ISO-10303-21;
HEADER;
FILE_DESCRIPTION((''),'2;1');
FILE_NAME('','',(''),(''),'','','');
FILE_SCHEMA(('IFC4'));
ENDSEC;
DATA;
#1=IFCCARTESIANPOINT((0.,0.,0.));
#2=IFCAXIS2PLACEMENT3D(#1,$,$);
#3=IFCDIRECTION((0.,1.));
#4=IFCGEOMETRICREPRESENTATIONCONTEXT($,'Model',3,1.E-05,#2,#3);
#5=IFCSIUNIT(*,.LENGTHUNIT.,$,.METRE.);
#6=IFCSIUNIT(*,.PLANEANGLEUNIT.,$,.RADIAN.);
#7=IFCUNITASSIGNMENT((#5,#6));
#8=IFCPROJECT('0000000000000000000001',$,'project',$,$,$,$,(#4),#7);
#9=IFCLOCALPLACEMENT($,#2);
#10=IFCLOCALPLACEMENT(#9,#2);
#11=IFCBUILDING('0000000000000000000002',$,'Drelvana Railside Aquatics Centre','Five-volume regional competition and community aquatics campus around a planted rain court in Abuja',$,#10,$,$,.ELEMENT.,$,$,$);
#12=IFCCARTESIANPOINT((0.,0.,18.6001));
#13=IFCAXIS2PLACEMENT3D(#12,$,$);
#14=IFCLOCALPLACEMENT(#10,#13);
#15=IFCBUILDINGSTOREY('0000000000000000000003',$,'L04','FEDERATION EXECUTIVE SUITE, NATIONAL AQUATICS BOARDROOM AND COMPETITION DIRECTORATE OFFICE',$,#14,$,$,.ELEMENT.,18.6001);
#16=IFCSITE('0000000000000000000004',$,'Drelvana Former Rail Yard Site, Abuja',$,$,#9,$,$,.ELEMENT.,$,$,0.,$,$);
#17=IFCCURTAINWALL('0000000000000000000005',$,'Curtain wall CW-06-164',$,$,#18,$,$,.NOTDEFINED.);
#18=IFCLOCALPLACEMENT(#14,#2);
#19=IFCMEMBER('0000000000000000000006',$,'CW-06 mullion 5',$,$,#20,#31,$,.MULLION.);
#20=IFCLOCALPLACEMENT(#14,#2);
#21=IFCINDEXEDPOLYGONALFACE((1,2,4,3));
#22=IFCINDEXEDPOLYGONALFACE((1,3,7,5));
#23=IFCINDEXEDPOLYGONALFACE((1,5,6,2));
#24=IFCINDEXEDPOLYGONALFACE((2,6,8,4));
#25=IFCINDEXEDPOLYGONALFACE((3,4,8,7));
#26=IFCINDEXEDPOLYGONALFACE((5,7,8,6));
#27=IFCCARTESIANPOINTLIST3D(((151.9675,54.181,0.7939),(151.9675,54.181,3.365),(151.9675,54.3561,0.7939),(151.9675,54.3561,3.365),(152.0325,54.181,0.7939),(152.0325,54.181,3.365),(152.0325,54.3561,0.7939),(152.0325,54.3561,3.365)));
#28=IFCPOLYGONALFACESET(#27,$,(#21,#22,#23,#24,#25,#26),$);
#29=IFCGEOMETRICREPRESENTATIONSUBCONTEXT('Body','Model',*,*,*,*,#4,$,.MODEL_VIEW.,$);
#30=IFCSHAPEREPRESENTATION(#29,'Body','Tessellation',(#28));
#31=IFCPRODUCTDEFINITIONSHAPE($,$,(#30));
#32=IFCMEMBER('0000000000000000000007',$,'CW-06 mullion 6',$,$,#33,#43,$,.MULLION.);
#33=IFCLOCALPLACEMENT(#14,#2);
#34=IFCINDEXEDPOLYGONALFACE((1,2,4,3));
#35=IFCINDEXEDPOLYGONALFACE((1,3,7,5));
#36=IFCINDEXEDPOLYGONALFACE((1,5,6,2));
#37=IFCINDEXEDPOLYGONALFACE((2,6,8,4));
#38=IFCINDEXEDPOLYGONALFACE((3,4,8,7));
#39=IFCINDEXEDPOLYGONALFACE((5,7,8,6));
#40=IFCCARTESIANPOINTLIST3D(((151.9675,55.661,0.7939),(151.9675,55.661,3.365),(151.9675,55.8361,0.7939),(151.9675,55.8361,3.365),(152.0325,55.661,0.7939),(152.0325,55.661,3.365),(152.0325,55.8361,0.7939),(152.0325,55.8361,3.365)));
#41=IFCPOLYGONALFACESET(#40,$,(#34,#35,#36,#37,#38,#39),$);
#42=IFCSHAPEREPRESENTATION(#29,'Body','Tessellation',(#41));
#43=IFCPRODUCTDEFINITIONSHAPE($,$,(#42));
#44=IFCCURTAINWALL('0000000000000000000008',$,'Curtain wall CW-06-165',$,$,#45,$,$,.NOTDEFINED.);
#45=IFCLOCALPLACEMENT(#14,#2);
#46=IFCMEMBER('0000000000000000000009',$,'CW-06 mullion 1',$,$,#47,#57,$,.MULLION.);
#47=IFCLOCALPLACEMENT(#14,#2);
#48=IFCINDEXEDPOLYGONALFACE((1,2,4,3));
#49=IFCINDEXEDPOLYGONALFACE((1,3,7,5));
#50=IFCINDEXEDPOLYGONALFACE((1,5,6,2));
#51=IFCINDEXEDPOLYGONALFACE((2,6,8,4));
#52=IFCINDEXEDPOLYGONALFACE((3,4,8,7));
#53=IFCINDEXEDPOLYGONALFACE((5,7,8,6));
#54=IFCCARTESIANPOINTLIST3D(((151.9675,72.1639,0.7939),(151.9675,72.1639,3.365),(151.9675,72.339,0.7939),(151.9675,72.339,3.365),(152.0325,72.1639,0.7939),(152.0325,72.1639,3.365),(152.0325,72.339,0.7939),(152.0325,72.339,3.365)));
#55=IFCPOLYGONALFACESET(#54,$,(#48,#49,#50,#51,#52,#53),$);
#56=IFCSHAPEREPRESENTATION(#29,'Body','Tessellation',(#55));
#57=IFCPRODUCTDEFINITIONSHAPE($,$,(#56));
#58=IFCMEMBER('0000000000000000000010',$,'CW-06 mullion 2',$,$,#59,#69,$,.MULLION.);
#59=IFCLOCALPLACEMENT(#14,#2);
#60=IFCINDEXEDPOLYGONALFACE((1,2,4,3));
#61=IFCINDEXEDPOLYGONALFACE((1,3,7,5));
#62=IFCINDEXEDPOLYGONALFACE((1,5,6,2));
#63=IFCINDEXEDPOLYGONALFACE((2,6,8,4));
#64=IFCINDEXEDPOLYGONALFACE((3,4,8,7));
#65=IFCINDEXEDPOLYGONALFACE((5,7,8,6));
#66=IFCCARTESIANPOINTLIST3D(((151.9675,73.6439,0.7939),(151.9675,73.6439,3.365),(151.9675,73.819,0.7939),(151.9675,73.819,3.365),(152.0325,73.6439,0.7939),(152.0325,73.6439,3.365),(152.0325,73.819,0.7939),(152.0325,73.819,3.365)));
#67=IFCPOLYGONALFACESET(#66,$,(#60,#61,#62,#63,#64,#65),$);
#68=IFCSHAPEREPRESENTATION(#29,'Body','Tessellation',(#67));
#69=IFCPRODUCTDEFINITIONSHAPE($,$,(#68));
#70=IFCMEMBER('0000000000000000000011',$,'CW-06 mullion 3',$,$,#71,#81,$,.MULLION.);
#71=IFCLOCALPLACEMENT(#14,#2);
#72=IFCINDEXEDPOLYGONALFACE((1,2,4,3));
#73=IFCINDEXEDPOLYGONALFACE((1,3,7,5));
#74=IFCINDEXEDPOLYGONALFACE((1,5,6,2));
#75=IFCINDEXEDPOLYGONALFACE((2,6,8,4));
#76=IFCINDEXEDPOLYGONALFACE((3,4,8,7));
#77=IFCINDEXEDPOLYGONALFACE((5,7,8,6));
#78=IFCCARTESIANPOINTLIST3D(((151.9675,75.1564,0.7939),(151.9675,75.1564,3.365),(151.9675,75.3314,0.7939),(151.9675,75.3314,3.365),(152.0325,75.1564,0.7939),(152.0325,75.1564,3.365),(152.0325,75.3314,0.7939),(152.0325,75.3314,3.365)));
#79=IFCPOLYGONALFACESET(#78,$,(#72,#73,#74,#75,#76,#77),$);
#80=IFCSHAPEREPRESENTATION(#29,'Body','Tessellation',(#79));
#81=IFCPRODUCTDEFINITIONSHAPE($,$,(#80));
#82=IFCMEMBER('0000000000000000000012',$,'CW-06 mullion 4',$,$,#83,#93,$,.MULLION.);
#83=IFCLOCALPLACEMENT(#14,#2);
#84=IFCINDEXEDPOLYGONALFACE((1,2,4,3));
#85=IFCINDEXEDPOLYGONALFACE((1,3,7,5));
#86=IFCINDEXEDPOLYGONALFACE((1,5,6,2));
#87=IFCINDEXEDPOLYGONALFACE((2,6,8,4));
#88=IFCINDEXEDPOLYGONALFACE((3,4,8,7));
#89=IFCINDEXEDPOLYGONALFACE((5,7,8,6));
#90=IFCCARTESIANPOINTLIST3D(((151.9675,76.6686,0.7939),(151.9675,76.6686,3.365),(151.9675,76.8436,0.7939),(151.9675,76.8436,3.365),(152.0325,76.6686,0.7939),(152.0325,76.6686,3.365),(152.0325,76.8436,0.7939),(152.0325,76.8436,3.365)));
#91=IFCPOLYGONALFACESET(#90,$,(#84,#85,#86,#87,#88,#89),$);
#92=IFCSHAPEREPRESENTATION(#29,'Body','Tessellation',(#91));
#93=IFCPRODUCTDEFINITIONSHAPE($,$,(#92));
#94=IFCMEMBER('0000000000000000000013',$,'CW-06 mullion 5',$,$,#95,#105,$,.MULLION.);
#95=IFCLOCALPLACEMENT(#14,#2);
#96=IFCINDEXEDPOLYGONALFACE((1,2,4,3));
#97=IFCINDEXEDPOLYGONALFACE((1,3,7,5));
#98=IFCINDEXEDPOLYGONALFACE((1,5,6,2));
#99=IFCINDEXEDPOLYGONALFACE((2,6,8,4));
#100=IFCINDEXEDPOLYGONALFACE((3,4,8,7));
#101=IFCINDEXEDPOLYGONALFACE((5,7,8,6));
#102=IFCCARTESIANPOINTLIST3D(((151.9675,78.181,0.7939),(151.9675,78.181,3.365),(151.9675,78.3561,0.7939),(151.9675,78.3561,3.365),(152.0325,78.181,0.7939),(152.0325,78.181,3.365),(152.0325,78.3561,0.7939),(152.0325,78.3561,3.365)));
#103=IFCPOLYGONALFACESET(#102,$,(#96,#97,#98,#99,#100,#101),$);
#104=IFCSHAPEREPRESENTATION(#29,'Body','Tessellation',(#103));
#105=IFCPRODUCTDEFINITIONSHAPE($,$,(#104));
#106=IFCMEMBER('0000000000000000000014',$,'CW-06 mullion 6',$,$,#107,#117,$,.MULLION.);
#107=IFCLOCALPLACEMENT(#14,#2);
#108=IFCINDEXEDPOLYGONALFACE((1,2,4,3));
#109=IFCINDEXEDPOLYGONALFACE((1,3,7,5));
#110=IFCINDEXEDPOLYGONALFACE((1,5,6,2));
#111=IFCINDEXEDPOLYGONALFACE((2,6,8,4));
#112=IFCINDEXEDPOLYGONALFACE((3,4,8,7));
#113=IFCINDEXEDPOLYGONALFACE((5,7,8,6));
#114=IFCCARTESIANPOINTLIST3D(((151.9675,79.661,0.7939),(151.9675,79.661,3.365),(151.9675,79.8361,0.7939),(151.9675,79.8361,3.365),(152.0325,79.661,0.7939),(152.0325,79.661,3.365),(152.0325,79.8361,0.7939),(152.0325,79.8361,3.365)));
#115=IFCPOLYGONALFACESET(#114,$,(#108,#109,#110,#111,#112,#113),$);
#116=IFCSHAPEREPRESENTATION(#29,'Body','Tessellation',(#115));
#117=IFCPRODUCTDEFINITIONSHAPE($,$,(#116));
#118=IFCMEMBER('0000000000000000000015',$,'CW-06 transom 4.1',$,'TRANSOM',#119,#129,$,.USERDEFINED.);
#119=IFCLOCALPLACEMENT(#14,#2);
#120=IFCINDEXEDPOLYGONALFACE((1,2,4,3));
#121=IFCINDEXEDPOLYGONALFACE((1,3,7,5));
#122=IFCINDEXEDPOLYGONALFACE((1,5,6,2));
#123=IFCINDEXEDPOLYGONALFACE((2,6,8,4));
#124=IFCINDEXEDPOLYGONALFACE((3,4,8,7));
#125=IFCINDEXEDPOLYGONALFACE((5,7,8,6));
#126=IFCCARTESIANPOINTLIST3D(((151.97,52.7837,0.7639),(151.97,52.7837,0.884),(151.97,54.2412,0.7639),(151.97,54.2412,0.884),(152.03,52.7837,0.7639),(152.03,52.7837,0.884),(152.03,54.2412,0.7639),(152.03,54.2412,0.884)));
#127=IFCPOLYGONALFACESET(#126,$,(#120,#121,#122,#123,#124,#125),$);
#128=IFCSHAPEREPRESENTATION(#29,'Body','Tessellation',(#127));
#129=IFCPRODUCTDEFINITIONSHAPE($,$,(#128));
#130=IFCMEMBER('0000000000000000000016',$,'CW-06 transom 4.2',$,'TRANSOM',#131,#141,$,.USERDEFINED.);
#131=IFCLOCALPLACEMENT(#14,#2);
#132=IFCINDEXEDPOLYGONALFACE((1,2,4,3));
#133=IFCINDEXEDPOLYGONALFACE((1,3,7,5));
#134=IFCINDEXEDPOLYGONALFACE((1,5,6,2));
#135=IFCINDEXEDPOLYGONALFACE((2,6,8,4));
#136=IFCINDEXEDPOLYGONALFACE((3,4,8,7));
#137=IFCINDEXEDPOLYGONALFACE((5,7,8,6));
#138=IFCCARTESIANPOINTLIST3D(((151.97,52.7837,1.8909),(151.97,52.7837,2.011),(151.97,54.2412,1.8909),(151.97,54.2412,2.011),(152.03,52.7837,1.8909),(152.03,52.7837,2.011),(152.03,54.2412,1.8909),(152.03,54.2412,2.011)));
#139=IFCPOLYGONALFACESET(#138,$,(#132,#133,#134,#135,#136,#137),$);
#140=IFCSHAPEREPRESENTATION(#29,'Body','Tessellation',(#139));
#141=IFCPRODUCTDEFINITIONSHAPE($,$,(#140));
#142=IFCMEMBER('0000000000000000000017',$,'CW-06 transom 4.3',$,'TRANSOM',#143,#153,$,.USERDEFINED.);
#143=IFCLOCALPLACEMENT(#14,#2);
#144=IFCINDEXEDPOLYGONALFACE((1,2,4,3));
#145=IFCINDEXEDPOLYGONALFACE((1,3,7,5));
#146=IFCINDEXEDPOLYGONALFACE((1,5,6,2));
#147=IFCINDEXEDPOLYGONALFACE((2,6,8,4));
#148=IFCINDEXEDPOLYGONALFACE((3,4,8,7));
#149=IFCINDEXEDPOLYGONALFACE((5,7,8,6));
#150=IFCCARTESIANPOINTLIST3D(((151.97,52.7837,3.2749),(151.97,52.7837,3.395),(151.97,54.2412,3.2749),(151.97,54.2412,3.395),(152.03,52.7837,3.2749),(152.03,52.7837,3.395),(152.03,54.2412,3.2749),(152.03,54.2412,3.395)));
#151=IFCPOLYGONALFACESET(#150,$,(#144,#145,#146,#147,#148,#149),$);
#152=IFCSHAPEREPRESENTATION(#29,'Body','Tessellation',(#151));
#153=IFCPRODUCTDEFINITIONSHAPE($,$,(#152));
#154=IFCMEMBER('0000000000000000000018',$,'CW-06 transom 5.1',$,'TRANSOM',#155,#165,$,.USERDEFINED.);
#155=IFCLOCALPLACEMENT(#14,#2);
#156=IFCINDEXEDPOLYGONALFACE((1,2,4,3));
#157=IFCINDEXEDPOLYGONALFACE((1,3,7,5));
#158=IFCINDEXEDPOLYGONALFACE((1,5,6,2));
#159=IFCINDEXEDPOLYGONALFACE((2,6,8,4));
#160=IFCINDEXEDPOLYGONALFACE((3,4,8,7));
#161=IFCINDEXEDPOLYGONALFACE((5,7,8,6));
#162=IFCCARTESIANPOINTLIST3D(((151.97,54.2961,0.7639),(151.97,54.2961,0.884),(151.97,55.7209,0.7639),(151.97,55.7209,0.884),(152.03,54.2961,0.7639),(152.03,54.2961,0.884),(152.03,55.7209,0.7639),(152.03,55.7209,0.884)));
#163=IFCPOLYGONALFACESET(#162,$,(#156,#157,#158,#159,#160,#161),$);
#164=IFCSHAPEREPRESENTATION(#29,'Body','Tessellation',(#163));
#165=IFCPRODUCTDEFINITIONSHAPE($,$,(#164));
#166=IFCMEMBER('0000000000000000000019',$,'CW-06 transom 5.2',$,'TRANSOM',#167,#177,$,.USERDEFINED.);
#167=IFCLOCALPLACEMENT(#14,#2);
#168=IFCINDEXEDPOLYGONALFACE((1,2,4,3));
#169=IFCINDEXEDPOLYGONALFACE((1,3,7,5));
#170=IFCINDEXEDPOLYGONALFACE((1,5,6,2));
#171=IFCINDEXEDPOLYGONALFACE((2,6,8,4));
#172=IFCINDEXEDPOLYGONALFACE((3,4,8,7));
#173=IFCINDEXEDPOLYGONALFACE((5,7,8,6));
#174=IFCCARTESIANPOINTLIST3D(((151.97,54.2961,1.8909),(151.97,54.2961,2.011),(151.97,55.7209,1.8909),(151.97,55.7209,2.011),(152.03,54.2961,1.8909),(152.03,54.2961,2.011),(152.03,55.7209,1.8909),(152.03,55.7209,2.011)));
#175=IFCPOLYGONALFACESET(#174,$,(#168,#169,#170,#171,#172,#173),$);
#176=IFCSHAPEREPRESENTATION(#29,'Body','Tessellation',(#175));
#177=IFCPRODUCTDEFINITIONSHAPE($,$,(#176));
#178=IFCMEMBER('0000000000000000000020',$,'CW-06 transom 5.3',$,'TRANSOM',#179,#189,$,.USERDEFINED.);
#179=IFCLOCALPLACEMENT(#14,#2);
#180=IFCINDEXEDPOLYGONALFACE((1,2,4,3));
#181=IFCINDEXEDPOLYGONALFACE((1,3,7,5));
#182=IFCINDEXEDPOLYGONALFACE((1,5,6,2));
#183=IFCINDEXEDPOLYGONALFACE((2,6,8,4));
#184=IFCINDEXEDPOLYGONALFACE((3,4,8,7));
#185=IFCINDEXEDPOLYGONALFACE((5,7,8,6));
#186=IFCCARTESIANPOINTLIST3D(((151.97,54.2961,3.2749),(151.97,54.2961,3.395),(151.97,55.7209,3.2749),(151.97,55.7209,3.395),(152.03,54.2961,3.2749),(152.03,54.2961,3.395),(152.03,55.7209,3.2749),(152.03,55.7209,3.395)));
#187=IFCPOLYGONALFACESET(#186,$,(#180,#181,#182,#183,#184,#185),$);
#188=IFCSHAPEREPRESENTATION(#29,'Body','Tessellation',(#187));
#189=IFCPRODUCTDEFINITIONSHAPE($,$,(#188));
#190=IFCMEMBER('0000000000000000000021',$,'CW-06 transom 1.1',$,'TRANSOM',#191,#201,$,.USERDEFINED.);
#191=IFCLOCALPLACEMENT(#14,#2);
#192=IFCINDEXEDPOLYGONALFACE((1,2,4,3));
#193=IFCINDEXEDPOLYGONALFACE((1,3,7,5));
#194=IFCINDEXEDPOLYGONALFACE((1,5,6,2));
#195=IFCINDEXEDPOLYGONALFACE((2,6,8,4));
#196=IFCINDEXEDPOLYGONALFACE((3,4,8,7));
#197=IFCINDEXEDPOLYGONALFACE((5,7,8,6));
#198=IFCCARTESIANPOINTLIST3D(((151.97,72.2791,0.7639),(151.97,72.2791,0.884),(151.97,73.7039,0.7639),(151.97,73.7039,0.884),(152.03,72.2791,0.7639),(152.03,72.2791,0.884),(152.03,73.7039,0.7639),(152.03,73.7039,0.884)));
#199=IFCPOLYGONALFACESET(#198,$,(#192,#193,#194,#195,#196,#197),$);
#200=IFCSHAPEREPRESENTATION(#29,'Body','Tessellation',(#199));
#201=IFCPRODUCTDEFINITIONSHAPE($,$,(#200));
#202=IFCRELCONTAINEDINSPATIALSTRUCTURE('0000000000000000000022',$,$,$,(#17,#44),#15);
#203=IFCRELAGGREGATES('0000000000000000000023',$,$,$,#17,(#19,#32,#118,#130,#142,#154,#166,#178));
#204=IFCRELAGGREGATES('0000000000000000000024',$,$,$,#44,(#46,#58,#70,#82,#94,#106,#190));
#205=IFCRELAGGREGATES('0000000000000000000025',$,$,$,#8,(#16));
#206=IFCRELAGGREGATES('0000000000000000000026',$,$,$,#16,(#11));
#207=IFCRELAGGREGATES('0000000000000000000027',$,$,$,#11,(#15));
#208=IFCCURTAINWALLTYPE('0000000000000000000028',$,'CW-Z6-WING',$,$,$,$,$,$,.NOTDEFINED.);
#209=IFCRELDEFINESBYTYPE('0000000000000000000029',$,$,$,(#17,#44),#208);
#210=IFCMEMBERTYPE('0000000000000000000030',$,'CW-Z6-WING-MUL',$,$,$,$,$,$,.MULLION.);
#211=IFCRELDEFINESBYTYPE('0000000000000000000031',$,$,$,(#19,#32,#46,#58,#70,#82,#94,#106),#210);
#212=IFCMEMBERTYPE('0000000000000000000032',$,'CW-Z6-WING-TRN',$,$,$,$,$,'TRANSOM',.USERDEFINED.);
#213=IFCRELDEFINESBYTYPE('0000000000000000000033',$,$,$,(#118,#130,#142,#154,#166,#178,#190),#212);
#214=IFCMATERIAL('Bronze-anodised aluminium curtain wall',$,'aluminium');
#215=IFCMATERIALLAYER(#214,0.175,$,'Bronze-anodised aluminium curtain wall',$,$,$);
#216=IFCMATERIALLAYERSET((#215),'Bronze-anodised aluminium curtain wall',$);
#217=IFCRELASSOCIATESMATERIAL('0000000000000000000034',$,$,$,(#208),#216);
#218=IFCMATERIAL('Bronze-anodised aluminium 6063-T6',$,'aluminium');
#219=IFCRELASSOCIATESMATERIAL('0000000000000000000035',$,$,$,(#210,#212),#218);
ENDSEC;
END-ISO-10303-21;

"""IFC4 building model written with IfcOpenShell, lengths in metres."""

from ifc_helpers import new_model, si_unit, direction, frame, origin, origin_2d, place, context, subcontext, project, spatial, rectangle, extrude, material, layer, layer_set, material_profile, profile_set, type_object, element, aggregate, save


model = new_model("IFC4")

# Units and contexts
model_context = context("Model", 3, precision=1e-05, world=origin(), true_north=direction((0.0, 1.0)))
body_context = subcontext(model_context, "Body", "Model", "MODEL_VIEW")
ifc_project = project(units=[si_unit("LENGTHUNIT", "METRE"), si_unit("PLANEANGLEUNIT", "RADIAN")], contexts=[model_context])

# Site, building, storey
site_placement = place(None, origin())
site = spatial("IfcSite", under=ifc_project, at=site_placement, Name="Drelvana Former Rail Yard Site, Abuja", CompositionType="ELEMENT", RefElevation=0.0)
building_placement = place(site_placement, origin())
building = spatial("IfcBuilding", under=site, at=building_placement, Name="Drelvana Railside Aquatics Centre", Description="Five-volume regional competition and community aquatics campus around a planted rain court in Abuja", CompositionType="ELEMENT")
storey_placement = place(building_placement, frame((0.0, 0.0, 18.6001)))
storey = spatial("IfcBuildingStorey", under=building, at=storey_placement, Name="L04", Description="FEDERATION EXECUTIVE SUITE, NATIONAL AQUATICS BOARDROOM AND COMPETITION DIRECTORATE OFFICE", CompositionType="ELEMENT", Elevation=18.6001)

# Curtain walls, members
ifc_material_1 = material(Name="Bronze-anodised aluminium curtain wall", Category="aluminium")
ifc_layer_1 = layer(ifc_material_1, 0.175, Name="Bronze-anodised aluminium curtain wall")
ifc_layer_set_1 = layer_set([ifc_layer_1], Name="Bronze-anodised aluminium curtain wall")
curtain_wall_type = type_object("IfcCurtainWallType", Name="CW-Z6-WING", PredefinedType="NOTDEFINED", material=ifc_layer_set_1)
curtain_wall_1_placement = place(storey_placement, origin())
curtain_wall_1 = element("IfcCurtainWall", 1, at=curtain_wall_1_placement, inside=storey, type_object=curtain_wall_type, Name="Curtain wall CW-06-164", PredefinedType="NOTDEFINED")
ifc_material_2 = material(Name="Bronze-anodised aluminium 6063-T6", Category="aluminium")
ifc_material_profile_1 = material_profile(ifc_material_2, rectangle(XDim=0.0649, YDim=0.175, at=origin_2d()), Name="ALU-M 65x175")
ifc_profile_set_1 = profile_set([ifc_material_profile_1], Name="Bronze-anodised aluminium 6063-T6")
member_type_1 = type_object("IfcMemberType", Name="CW-Z6-WING-MUL", PredefinedType="MULLION", material=ifc_profile_set_1)
member_1_placement = place(storey_placement, frame((152.0, 54.2686, 0.7939), z_axis=(0.0, 0.0, 1.0), x_axis=(-1.0, 0.0, 0.0)))
member_1 = element("IfcMember", 2, at=member_1_placement, type_object=member_type_1, Name="CW-06 mullion 5", PredefinedType="MULLION", context=body_context, shape_type="SweptSolid", body=[
    extrude(rectangle(XDim=0.0649, YDim=0.175, at=origin_2d()), origin(), (0.0, 0.0, 1.0), 2.571),
])
member_2_placement = place(storey_placement, frame((152.0, 55.7485, 0.7939), z_axis=(0.0, 0.0, 1.0), x_axis=(-1.0, 0.0, 0.0)))
member_2 = element("IfcMember", 3, at=member_2_placement, type_object=member_type_1, Name="CW-06 mullion 6", PredefinedType="MULLION", context=body_context, shape_type="SweptSolid", body=[
    extrude(rectangle(XDim=0.0649, YDim=0.175, at=origin_2d()), origin(), (0.0, 0.0, 1.0), 2.571),
])
curtain_wall_2_placement = place(storey_placement, origin())
curtain_wall_2 = element("IfcCurtainWall", 4, at=curtain_wall_2_placement, inside=storey, type_object=curtain_wall_type, Name="Curtain wall CW-06-165", PredefinedType="NOTDEFINED")
member_3_placement = place(storey_placement, frame((152.0, 72.2515, 0.7939), z_axis=(0.0, 0.0, 1.0), x_axis=(-1.0, 0.0, 0.0)))
member_3 = element("IfcMember", 5, at=member_3_placement, type_object=member_type_1, Name="CW-06 mullion 1", PredefinedType="MULLION", context=body_context, shape_type="SweptSolid", body=[
    extrude(rectangle(XDim=0.0649, YDim=0.175, at=origin_2d()), origin(), (0.0, 0.0, 1.0), 2.571),
])
member_4_placement = place(storey_placement, frame((152.0, 73.7314, 0.7939), z_axis=(0.0, 0.0, 1.0), x_axis=(-1.0, 0.0, 0.0)))
member_4 = element("IfcMember", 6, at=member_4_placement, type_object=member_type_1, Name="CW-06 mullion 2", PredefinedType="MULLION", context=body_context, shape_type="SweptSolid", body=[
    extrude(rectangle(XDim=0.0649, YDim=0.175, at=origin_2d()), origin(), (0.0, 0.0, 1.0), 2.571),
])
member_5_placement = place(storey_placement, frame((152.0, 75.2439, 0.7939), z_axis=(0.0, 0.0, 1.0), x_axis=(-1.0, 0.0, 0.0)))
member_5 = element("IfcMember", 7, at=member_5_placement, type_object=member_type_1, Name="CW-06 mullion 3", PredefinedType="MULLION", context=body_context, shape_type="SweptSolid", body=[
    extrude(rectangle(XDim=0.0649, YDim=0.175, at=origin_2d()), origin(), (0.0, 0.0, 1.0), 2.571),
])
member_6_placement = place(storey_placement, frame((152.0, 76.7561, 0.7939), z_axis=(0.0, 0.0, 1.0), x_axis=(-1.0, 0.0, 0.0)))
member_6 = element("IfcMember", 8, at=member_6_placement, type_object=member_type_1, Name="CW-06 mullion 4", PredefinedType="MULLION", context=body_context, shape_type="SweptSolid", body=[
    extrude(rectangle(XDim=0.0649, YDim=0.175, at=origin_2d()), origin(), (0.0, 0.0, 1.0), 2.571),
])
member_7_placement = place(storey_placement, frame((152.0, 78.2686, 0.7939), z_axis=(0.0, 0.0, 1.0), x_axis=(-1.0, 0.0, 0.0)))
member_7 = element("IfcMember", 9, at=member_7_placement, type_object=member_type_1, Name="CW-06 mullion 5", PredefinedType="MULLION", context=body_context, shape_type="SweptSolid", body=[
    extrude(rectangle(XDim=0.0649, YDim=0.175, at=origin_2d()), origin(), (0.0, 0.0, 1.0), 2.571),
])
member_8_placement = place(storey_placement, frame((152.0, 79.7485, 0.7939), z_axis=(0.0, 0.0, 1.0), x_axis=(-1.0, 0.0, 0.0)))
member_8 = element("IfcMember", 10, at=member_8_placement, type_object=member_type_1, Name="CW-06 mullion 6", PredefinedType="MULLION", context=body_context, shape_type="SweptSolid", body=[
    extrude(rectangle(XDim=0.0649, YDim=0.175, at=origin_2d()), origin(), (0.0, 0.0, 1.0), 2.571),
])

# Members
ifc_material_profile_2 = material_profile(ifc_material_2, rectangle(XDim=0.1201, YDim=0.0601, at=origin_2d()), Name="ALU-T 60x120")
ifc_profile_set_2 = profile_set([ifc_material_profile_2], Name="Bronze-anodised aluminium 6063-T6")
member_type_2 = type_object("IfcMemberType", Name="CW-Z6-WING-TRN", ElementType="TRANSOM", PredefinedType="USERDEFINED", material=ifc_profile_set_2)
member_9_placement = place(storey_placement, frame((152.0, 52.7837, 0.824), z_axis=(0.0, 1.0, 0.0), x_axis=(0.0, 0.0, 1.0)))
member_9 = element("IfcMember", 11, at=member_9_placement, type_object=member_type_2, Name="CW-06 transom 4.1", ObjectType="TRANSOM", PredefinedType="USERDEFINED", context=body_context, shape_type="SweptSolid", body=[
    extrude(rectangle(XDim=0.1201, YDim=0.0601, at=origin_2d()), origin(), (0.0, 0.0, 1.0), 1.4575),
])
member_10_placement = place(storey_placement, frame((152.0, 52.7837, 1.9509), z_axis=(0.0, 1.0, 0.0), x_axis=(0.0, 0.0, 1.0)))
member_10 = element("IfcMember", 12, at=member_10_placement, type_object=member_type_2, Name="CW-06 transom 4.2", ObjectType="TRANSOM", PredefinedType="USERDEFINED", context=body_context, shape_type="SweptSolid", body=[
    extrude(rectangle(XDim=0.1201, YDim=0.0601, at=origin_2d()), origin(), (0.0, 0.0, 1.0), 1.4575),
])
member_11_placement = place(storey_placement, frame((152.0, 52.7837, 3.335), z_axis=(0.0, 1.0, 0.0), x_axis=(0.0, 0.0, 1.0)))
member_11 = element("IfcMember", 13, at=member_11_placement, type_object=member_type_2, Name="CW-06 transom 4.3", ObjectType="TRANSOM", PredefinedType="USERDEFINED", context=body_context, shape_type="SweptSolid", body=[
    extrude(rectangle(XDim=0.1201, YDim=0.0601, at=origin_2d()), origin(), (0.0, 0.0, 1.0), 1.4575),
])
member_12_placement = place(storey_placement, frame((152.0, 54.2961, 0.824), z_axis=(0.0, 1.0, 0.0), x_axis=(0.0, 0.0, 1.0)))
member_12 = element("IfcMember", 14, at=member_12_placement, type_object=member_type_2, Name="CW-06 transom 5.1", ObjectType="TRANSOM", PredefinedType="USERDEFINED", context=body_context, shape_type="SweptSolid", body=[
    extrude(rectangle(XDim=0.1201, YDim=0.0601, at=origin_2d()), origin(), (0.0, 0.0, 1.0), 1.4248),
])
member_13_placement = place(storey_placement, frame((152.0, 54.2961, 1.9509), z_axis=(0.0, 1.0, 0.0), x_axis=(0.0, 0.0, 1.0)))
member_13 = element("IfcMember", 15, at=member_13_placement, type_object=member_type_2, Name="CW-06 transom 5.2", ObjectType="TRANSOM", PredefinedType="USERDEFINED", context=body_context, shape_type="SweptSolid", body=[
    extrude(rectangle(XDim=0.1201, YDim=0.0601, at=origin_2d()), origin(), (0.0, 0.0, 1.0), 1.4248),
])
member_14_placement = place(storey_placement, frame((152.0, 54.2961, 3.335), z_axis=(0.0, 1.0, 0.0), x_axis=(0.0, 0.0, 1.0)))
member_14 = element("IfcMember", 16, at=member_14_placement, type_object=member_type_2, Name="CW-06 transom 5.3", ObjectType="TRANSOM", PredefinedType="USERDEFINED", context=body_context, shape_type="SweptSolid", body=[
    extrude(rectangle(XDim=0.1201, YDim=0.0601, at=origin_2d()), origin(), (0.0, 0.0, 1.0), 1.4248),
])
member_15_placement = place(storey_placement, frame((152.0, 72.2791, 0.824), z_axis=(0.0, 1.0, 0.0), x_axis=(0.0, 0.0, 1.0)))
member_15 = element("IfcMember", 17, at=member_15_placement, type_object=member_type_2, Name="CW-06 transom 1.1", ObjectType="TRANSOM", PredefinedType="USERDEFINED", context=body_context, shape_type="SweptSolid", body=[
    extrude(rectangle(XDim=0.1201, YDim=0.0601, at=origin_2d()), origin(), (0.0, 0.0, 1.0), 1.4248),
])

aggregate(curtain_wall_1, [member_1, member_2, member_9, member_10, member_11, member_12, member_13, member_14])
aggregate(curtain_wall_2, [member_3, member_4, member_5, member_6, member_7, member_8, member_15])

save(model, "model.ifc")
